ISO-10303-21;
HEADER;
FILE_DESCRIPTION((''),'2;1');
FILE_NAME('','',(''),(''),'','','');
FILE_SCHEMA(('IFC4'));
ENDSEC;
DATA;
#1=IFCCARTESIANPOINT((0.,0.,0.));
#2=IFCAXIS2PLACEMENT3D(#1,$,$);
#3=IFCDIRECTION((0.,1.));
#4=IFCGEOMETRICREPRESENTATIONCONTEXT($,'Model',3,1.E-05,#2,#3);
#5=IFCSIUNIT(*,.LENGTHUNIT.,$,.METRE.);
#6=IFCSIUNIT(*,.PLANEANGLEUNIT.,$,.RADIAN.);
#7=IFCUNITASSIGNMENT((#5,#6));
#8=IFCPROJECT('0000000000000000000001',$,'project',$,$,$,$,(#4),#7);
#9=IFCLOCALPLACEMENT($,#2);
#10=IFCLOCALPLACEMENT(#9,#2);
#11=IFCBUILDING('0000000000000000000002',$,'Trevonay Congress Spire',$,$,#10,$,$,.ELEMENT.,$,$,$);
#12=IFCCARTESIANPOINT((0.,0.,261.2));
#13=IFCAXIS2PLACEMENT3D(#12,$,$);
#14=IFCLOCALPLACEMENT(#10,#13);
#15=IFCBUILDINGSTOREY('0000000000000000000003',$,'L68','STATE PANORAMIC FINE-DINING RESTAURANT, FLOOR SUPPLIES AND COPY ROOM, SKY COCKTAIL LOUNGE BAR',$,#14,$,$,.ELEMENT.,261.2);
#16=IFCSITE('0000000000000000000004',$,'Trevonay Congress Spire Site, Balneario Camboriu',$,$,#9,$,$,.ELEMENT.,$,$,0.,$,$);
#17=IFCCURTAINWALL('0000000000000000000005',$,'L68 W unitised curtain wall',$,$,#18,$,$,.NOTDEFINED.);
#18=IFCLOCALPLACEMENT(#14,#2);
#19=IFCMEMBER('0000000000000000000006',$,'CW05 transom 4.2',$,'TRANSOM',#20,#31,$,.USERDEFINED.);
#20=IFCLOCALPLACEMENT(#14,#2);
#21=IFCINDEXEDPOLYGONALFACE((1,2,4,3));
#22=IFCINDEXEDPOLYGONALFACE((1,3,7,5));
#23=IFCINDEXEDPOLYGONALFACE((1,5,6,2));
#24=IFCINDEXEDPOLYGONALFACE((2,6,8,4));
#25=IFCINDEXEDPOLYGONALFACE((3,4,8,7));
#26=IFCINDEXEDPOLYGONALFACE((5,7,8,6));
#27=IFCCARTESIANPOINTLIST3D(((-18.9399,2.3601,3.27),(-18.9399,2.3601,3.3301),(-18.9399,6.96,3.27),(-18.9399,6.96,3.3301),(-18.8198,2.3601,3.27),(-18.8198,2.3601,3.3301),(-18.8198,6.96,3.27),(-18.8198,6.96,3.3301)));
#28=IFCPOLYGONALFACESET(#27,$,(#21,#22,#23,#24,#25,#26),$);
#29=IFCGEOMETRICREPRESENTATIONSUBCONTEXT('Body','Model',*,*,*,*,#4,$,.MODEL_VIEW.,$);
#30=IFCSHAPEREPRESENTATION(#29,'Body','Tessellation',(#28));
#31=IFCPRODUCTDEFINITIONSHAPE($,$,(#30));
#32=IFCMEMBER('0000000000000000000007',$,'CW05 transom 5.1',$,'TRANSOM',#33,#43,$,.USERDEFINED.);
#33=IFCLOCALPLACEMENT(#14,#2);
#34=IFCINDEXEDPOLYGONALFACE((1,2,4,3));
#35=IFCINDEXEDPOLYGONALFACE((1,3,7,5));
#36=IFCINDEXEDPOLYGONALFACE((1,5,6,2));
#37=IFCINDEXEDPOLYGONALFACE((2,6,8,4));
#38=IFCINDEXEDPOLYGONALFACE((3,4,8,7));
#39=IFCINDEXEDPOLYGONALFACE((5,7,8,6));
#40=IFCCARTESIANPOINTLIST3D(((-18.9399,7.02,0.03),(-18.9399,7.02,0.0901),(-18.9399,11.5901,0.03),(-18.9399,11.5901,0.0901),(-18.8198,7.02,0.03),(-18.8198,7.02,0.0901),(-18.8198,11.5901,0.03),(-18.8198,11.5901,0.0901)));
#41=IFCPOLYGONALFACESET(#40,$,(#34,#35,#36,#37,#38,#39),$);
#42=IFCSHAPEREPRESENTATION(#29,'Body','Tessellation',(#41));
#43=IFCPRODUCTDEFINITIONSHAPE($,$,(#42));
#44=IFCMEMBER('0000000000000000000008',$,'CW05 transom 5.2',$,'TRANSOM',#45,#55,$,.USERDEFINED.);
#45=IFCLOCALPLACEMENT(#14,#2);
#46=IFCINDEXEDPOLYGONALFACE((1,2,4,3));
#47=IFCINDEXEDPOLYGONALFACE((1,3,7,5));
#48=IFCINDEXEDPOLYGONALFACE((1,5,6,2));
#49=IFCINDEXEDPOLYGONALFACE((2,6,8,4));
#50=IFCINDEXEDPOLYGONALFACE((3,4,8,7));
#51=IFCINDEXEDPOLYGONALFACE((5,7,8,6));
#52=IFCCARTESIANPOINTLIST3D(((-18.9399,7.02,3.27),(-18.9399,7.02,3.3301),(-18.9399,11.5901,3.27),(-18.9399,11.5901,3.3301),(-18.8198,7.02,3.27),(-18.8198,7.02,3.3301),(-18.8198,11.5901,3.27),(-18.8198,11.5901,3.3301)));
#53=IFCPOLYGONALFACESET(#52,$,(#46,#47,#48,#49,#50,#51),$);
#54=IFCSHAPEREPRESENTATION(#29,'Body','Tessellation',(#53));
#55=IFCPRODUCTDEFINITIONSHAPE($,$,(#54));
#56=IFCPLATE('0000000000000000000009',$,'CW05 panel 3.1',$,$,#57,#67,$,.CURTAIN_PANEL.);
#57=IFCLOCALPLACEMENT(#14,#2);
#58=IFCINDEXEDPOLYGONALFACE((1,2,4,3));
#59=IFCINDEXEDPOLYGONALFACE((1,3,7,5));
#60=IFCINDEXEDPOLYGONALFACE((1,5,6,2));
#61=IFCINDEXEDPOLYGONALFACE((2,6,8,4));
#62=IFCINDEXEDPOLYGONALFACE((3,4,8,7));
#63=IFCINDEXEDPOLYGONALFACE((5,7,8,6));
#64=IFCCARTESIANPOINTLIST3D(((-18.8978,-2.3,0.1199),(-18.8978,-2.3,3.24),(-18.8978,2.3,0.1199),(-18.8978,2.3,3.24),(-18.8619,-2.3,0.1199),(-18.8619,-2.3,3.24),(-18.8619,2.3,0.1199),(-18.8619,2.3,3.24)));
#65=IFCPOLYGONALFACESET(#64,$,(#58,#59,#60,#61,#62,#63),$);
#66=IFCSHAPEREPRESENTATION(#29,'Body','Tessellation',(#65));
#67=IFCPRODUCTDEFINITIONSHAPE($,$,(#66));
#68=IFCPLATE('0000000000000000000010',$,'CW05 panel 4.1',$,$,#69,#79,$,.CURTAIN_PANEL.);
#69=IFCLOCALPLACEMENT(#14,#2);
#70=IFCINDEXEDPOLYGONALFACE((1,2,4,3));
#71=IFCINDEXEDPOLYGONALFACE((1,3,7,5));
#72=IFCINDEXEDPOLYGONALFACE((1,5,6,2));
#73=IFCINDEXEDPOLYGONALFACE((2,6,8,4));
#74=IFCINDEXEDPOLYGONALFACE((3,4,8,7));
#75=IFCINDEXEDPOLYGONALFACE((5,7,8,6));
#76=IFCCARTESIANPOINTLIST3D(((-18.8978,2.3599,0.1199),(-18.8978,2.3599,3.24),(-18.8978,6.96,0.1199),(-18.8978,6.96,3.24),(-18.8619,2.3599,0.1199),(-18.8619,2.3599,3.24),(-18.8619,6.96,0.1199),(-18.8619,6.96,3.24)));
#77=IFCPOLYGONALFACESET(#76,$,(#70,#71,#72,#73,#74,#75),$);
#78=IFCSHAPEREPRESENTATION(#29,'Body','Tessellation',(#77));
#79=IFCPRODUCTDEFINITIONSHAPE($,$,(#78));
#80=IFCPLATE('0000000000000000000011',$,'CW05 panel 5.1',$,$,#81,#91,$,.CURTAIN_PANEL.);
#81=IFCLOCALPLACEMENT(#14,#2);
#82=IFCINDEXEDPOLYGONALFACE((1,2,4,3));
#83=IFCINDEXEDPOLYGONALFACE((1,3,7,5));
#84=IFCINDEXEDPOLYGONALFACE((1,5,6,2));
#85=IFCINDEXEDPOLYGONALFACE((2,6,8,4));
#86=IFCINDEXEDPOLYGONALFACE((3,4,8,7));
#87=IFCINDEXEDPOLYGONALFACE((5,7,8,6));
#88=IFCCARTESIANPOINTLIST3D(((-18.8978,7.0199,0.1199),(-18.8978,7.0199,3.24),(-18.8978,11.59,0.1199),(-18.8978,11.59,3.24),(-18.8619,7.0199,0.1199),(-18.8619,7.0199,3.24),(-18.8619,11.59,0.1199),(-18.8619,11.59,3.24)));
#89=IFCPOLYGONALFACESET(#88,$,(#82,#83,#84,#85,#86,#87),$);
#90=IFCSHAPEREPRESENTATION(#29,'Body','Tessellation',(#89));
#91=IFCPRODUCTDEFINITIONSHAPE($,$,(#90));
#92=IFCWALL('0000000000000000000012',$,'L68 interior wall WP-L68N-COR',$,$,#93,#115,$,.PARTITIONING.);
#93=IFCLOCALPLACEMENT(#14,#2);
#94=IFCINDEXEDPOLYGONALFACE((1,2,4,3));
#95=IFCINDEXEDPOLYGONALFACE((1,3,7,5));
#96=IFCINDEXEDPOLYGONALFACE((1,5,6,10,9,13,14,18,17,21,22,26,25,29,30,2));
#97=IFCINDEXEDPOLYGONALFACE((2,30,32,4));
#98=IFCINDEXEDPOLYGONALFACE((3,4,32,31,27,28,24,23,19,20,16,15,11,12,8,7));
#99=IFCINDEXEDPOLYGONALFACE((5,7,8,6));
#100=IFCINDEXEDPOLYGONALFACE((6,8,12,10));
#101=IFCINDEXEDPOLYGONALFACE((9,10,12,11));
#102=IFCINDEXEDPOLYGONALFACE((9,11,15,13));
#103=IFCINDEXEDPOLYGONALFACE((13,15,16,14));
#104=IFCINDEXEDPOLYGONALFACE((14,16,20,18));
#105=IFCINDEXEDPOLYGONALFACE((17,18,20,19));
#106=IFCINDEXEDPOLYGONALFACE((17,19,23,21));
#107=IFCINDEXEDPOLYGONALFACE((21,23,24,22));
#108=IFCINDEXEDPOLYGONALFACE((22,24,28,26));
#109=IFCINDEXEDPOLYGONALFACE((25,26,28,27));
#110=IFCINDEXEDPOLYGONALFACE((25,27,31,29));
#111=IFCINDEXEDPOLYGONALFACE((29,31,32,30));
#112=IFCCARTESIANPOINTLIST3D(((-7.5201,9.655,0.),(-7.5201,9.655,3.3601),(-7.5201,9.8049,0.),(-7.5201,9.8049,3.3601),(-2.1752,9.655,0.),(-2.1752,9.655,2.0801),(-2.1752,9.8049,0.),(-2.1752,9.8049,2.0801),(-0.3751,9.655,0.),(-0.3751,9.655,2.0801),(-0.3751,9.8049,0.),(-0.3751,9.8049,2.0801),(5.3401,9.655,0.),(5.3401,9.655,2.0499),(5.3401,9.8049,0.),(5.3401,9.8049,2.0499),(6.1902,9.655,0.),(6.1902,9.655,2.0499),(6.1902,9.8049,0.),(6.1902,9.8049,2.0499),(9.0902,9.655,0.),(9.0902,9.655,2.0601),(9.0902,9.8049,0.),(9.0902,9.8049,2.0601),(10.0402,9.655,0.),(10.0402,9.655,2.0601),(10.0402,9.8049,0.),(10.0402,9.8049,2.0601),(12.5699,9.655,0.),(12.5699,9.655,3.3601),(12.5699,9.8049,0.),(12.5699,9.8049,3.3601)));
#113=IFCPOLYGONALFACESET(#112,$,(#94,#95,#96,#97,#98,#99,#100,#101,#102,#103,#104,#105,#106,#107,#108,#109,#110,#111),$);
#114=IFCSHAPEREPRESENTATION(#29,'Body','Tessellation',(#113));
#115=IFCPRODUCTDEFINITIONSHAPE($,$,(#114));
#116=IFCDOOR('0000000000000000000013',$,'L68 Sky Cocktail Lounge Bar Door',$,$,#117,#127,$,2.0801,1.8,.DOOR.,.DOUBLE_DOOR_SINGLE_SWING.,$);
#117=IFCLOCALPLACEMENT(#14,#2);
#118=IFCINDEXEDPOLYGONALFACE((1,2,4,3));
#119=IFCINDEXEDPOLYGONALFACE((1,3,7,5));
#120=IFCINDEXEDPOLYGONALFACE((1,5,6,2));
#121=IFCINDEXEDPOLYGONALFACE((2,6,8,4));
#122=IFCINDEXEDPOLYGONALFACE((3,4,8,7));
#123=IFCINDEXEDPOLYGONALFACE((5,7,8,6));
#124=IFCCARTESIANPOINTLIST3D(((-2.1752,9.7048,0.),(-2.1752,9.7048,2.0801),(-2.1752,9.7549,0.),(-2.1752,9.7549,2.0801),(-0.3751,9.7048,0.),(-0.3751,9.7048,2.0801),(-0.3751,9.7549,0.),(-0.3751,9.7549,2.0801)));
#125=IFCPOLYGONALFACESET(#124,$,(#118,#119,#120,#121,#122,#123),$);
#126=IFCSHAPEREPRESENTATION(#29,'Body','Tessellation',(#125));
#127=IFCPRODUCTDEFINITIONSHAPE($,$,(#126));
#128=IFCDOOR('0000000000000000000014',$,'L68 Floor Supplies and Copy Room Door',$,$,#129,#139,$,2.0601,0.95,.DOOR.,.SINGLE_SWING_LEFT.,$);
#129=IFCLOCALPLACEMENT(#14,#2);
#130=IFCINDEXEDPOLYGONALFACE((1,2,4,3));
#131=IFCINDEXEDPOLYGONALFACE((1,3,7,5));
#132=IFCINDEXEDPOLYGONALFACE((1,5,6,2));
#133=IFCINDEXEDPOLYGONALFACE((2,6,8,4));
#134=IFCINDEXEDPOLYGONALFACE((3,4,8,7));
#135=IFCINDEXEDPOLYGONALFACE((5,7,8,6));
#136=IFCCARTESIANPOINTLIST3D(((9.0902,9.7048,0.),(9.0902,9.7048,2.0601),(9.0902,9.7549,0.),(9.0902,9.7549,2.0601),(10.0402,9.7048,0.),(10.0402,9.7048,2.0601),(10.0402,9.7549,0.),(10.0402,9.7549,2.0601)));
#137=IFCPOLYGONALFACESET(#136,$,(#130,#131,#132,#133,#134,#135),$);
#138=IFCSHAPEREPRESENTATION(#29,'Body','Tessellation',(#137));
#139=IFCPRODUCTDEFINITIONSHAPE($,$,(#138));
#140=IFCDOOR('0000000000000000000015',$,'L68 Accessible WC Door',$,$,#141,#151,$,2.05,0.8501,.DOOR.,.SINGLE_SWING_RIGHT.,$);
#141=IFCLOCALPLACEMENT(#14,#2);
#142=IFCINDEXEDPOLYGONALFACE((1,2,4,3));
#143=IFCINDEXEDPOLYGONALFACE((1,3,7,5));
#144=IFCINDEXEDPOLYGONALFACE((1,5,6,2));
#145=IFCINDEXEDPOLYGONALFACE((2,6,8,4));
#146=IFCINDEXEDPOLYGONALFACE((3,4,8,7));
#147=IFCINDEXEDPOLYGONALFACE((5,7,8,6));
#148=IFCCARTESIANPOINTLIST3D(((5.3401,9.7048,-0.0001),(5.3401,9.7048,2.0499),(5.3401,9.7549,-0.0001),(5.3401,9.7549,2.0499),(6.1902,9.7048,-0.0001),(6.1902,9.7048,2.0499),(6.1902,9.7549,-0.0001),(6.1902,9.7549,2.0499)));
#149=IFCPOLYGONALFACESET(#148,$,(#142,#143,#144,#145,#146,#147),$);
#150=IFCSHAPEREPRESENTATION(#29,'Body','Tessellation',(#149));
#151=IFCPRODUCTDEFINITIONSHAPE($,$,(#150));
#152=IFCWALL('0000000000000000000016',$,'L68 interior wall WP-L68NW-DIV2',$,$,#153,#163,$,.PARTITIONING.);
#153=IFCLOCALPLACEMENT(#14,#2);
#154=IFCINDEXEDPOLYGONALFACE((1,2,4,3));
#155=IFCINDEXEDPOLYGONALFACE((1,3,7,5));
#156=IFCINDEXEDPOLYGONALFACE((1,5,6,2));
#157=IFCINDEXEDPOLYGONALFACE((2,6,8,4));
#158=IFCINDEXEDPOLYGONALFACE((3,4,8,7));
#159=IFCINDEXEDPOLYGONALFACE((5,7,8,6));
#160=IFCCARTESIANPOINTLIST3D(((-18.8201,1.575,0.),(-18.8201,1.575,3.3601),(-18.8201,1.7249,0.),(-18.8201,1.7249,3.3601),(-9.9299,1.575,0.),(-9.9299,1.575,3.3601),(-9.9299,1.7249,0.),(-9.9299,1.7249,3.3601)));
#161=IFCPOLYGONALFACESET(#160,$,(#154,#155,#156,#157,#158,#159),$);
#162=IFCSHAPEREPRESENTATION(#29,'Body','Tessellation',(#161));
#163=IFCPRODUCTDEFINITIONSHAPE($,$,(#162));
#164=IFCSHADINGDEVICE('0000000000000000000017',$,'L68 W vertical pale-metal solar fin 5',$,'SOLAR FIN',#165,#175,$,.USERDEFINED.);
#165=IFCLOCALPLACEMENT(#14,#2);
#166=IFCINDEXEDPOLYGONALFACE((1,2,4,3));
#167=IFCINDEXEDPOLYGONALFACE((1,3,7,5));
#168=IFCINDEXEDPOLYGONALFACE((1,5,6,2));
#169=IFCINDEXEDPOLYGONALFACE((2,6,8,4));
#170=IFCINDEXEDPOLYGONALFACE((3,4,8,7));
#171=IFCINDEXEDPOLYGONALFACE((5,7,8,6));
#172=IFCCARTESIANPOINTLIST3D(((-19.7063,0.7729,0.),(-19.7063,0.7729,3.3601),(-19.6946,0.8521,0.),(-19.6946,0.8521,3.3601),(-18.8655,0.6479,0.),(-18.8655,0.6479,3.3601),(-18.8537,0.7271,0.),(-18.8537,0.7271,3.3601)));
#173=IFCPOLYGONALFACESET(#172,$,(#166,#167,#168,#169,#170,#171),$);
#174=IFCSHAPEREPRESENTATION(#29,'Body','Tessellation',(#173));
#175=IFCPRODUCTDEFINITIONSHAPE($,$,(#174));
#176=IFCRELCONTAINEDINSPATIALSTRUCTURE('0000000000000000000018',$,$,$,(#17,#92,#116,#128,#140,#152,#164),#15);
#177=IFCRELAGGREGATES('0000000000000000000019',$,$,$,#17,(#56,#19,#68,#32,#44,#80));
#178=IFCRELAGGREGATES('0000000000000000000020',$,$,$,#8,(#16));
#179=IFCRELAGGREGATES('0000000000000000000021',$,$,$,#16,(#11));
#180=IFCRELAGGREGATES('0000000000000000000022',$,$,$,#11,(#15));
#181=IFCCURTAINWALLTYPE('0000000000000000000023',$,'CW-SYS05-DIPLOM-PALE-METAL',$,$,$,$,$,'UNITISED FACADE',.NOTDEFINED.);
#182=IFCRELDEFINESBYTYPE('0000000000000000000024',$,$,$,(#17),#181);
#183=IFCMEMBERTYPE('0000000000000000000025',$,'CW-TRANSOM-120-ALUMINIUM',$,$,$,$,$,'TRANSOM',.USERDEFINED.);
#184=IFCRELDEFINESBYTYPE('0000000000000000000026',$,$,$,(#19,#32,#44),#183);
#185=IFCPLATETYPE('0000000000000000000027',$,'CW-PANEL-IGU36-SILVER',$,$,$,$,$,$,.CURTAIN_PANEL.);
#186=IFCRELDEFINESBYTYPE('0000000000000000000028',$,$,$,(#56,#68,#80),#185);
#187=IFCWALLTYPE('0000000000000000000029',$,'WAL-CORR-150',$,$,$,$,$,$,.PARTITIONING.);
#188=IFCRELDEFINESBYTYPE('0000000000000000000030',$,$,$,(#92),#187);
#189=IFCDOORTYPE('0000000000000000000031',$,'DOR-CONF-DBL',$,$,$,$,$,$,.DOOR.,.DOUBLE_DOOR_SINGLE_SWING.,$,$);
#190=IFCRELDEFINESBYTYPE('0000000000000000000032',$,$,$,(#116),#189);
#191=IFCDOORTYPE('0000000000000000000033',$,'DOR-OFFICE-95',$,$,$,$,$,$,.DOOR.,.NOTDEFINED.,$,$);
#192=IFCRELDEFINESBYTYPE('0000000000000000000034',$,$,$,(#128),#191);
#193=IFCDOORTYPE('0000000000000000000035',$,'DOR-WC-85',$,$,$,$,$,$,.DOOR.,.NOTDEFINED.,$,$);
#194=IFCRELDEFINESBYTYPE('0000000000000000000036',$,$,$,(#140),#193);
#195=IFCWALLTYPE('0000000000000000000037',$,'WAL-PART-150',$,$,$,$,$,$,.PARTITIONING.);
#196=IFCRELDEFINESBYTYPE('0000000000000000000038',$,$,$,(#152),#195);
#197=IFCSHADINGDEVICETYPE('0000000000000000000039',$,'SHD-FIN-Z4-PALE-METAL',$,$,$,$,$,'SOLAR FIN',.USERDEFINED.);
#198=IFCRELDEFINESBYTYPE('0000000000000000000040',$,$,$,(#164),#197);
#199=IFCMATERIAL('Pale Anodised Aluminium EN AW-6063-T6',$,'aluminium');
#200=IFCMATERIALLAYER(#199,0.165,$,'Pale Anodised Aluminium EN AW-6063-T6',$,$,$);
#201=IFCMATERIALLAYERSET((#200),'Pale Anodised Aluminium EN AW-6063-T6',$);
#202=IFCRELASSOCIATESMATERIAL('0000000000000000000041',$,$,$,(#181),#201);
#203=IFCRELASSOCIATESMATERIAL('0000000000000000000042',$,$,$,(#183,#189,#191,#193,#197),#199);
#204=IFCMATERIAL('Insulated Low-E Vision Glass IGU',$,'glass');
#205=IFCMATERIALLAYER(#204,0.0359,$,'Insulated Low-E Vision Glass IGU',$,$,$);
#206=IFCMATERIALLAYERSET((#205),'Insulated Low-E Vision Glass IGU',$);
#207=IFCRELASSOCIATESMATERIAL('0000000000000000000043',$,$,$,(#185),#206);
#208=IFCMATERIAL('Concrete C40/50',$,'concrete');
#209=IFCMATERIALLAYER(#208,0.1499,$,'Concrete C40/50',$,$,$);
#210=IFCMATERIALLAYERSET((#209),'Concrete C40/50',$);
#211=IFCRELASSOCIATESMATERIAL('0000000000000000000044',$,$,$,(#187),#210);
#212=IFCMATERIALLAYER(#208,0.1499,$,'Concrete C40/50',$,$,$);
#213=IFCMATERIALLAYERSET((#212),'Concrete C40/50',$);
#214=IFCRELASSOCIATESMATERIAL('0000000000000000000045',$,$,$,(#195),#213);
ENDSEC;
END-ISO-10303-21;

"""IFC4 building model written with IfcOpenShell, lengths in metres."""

from ifc_helpers import new_model, si_unit, direction, frame, frame_2d, origin, origin_2d, place, context, subcontext, project, spatial, rectangle, extrude, material, layer, layer_set, material_profile, profile_set, type_object, element, fill, aggregate, save


model = new_model("IFC4")

# Units and contexts
model_context = context("Model", 3, precision=1e-05, world=origin(), true_north=direction((0.0, 1.0)))
body_context = subcontext(model_context, "Body", "Model", "MODEL_VIEW")
ifc_project = project(units=[si_unit("LENGTHUNIT", "METRE"), si_unit("PLANEANGLEUNIT", "RADIAN")], contexts=[model_context])

# Site, building, storey
site_placement = place(None, origin())
site = spatial("IfcSite", under=ifc_project, at=site_placement, Name="Trevonay Congress Spire Site, Balneario Camboriu", CompositionType="ELEMENT", RefElevation=0.0)
building_placement = place(site_placement, origin())
building = spatial("IfcBuilding", under=site, at=building_placement, Name="Trevonay Congress Spire", CompositionType="ELEMENT")
storey_placement = place(building_placement, frame((0.0, 0.0, 261.2)))
storey = spatial("IfcBuildingStorey", under=building, at=storey_placement, Name="L68", Description="STATE PANORAMIC FINE-DINING RESTAURANT, FLOOR SUPPLIES AND COPY ROOM, SKY COCKTAIL LOUNGE BAR", CompositionType="ELEMENT", Elevation=261.2)

# Curtain wall, members, plates
ifc_material_1 = material(Name="Pale Anodised Aluminium EN AW-6063-T6", Category="aluminium")
ifc_layer_1 = layer(ifc_material_1, 0.165, Name="Pale Anodised Aluminium EN AW-6063-T6")
ifc_layer_set_1 = layer_set([ifc_layer_1], Name="Pale Anodised Aluminium EN AW-6063-T6")
curtain_wall_type = type_object("IfcCurtainWallType", Name="CW-SYS05-DIPLOM-PALE-METAL", ElementType="UNITISED FACADE", PredefinedType="NOTDEFINED", material=ifc_layer_set_1)
curtain_wall_placement = place(storey_placement, origin())
curtain_wall = element("IfcCurtainWall", 1, at=curtain_wall_placement, inside=storey, type_object=curtain_wall_type, Name="L68 W unitised curtain wall", PredefinedType="NOTDEFINED")
ifc_material_profile_1 = material_profile(ifc_material_1, rectangle(XDim=0.1201, YDim=0.0601, at=origin_2d()), Name="CW-TRANSOM-120-ALUMINIUM")
ifc_profile_set_1 = profile_set([ifc_material_profile_1], Name="Pale Anodised Aluminium EN AW-6063-T6")
member_type_1 = type_object("IfcMemberType", Name="CW-TRANSOM-120-ALUMINIUM", ElementType="TRANSOM", PredefinedType="USERDEFINED", material=ifc_profile_set_1)
member_1_placement = place(storey_placement, frame((-18.8799, 2.3601, 3.3), z_axis=(0.0, 1.0, 0.0), x_axis=(-1.0, 0.0, 0.0)))
member_1 = element("IfcMember", 2, at=member_1_placement, type_object=member_type_1, Name="CW05 transom 4.2", ObjectType="TRANSOM", PredefinedType="USERDEFINED", context=body_context, shape_type="SweptSolid", body=[
    extrude(rectangle(XDim=0.1201, YDim=0.0601, at=origin_2d()), origin(), (0.0, 0.0, 1.0), 4.5999),
])
member_2_placement = place(storey_placement, frame((-18.8799, 7.02, 0.0601), z_axis=(0.0, 1.0, 0.0), x_axis=(-1.0, 0.0, 0.0)))
member_2 = element("IfcMember", 3, at=member_2_placement, type_object=member_type_1, Name="CW05 transom 5.1", ObjectType="TRANSOM", PredefinedType="USERDEFINED", context=body_context, shape_type="SweptSolid", body=[
    extrude(rectangle(XDim=0.1201, YDim=0.0601, at=origin_2d()), origin(), (0.0, 0.0, 1.0), 4.5701),
])
member_3_placement = place(storey_placement, frame((-18.8799, 7.02, 3.3), z_axis=(0.0, 1.0, 0.0), x_axis=(-1.0, 0.0, 0.0)))
member_3 = element("IfcMember", 4, at=member_3_placement, type_object=member_type_1, Name="CW05 transom 5.2", ObjectType="TRANSOM", PredefinedType="USERDEFINED", context=body_context, shape_type="SweptSolid", body=[
    extrude(rectangle(XDim=0.1201, YDim=0.0601, at=origin_2d()), origin(), (0.0, 0.0, 1.0), 4.5701),
])
ifc_material_2 = material(Name="Insulated Low-E Vision Glass IGU", Category="glass")
ifc_layer_2 = layer(ifc_material_2, 0.0359, Name="Insulated Low-E Vision Glass IGU")
ifc_layer_set_2 = layer_set([ifc_layer_2], Name="Insulated Low-E Vision Glass IGU")
plate_type = type_object("IfcPlateType", Name="CW-PANEL-IGU36-SILVER", PredefinedType="CURTAIN_PANEL", material=ifc_layer_set_2)
plate_1_placement = place(storey_placement, frame((-18.8799, 0.0, 0.1199), z_axis=(0.0, 0.0, 1.0), x_axis=(0.0, 1.0, 0.0)))
plate_1 = element("IfcPlate", 5, at=plate_1_placement, type_object=plate_type, Name="CW05 panel 3.1", PredefinedType="CURTAIN_PANEL", context=body_context, shape_type="SweptSolid", body=[
    extrude(rectangle(XDim=4.6001, YDim=0.0359, at=origin_2d()), origin(), (0.0, 0.0, 1.0), 3.1201),
])
plate_2_placement = place(storey_placement, frame((-18.8799, 4.6599, 0.1199), z_axis=(0.0, 0.0, 1.0), x_axis=(0.0, 1.0, 0.0)))
plate_2 = element("IfcPlate", 6, at=plate_2_placement, type_object=plate_type, Name="CW05 panel 4.1", PredefinedType="CURTAIN_PANEL", context=body_context, shape_type="SweptSolid", body=[
    extrude(rectangle(XDim=4.6001, YDim=0.0359, at=origin_2d()), origin(), (0.0, 0.0, 1.0), 3.1201),
])
plate_3_placement = place(storey_placement, frame((-18.8799, 9.3049, 0.1199), z_axis=(0.0, 0.0, 1.0), x_axis=(0.0, 1.0, 0.0)))
plate_3 = element("IfcPlate", 7, at=plate_3_placement, type_object=plate_type, Name="CW05 panel 5.1", PredefinedType="CURTAIN_PANEL", context=body_context, shape_type="SweptSolid", body=[
    extrude(rectangle(XDim=4.5701, YDim=0.0359, at=origin_2d()), origin(), (0.0, 0.0, 1.0), 3.1201),
])
aggregate(curtain_wall, [plate_1, member_1, plate_2, member_2, member_3, plate_3])

# Wall, openings, doors
ifc_material_3 = material(Name="Concrete C40/50", Category="concrete")
ifc_layer_3 = layer(ifc_material_3, 0.1499, Name="Concrete C40/50")
ifc_layer_set_3 = layer_set([ifc_layer_3], Name="Concrete C40/50")
wall_type_1 = type_object("IfcWallType", Name="WAL-CORR-150", PredefinedType="PARTITIONING", material=ifc_layer_set_3)
wall_1_placement = place(storey_placement, frame((-7.52, 9.73, 0.0), z_axis=(0.0, 0.0, 1.0), x_axis=(1.0, 0.0, 0.0)))
wall_1 = element("IfcWall", 8, at=wall_1_placement, inside=storey, type_object=wall_type_1, Name="L68 interior wall WP-L68N-COR", PredefinedType="PARTITIONING", context=body_context, shape_type="SweptSolid", body=[
    extrude(rectangle(XDim=20.0901, YDim=0.1499, at=frame_2d((10.0449, 0.0))), origin(), (0.0, 0.0, 1.0), 3.3601),
])
opening_1_placement = place(wall_1_placement, frame((5.345, 0.0, 0.0)))
opening_1 = element("IfcOpeningElement", 9, at=opening_1_placement, cuts=wall_1, PredefinedType="OPENING", context=body_context, shape_type="SweptSolid", body=[
    extrude(rectangle(XDim=1.8, YDim=2.0801, at=frame_2d((0.8999, 1.04))), frame((0.0, 0.085, 0.0), z_axis=(0.0, -1.0, 0.0), x_axis=(1.0, 0.0, 0.0)), (0.0, 0.0, 1.0), 0.1699),
])
opening_2_placement = place(wall_1_placement, frame((12.8601, 0.0, 0.0)))
opening_2 = element("IfcOpeningElement", 10, at=opening_2_placement, cuts=wall_1, PredefinedType="OPENING", context=body_context, shape_type="SweptSolid", body=[
    extrude(rectangle(XDim=0.8501, YDim=2.05, at=frame_2d((0.425, 1.0249))), frame((0.0, 0.085, 0.0), z_axis=(0.0, -1.0, 0.0), x_axis=(1.0, 0.0, 0.0)), (0.0, 0.0, 1.0), 0.1699),
])
opening_3_placement = place(wall_1_placement, frame((16.6101, 0.0, 0.0)))
opening_3 = element("IfcOpeningElement", 11, at=opening_3_placement, cuts=wall_1, PredefinedType="OPENING", context=body_context, shape_type="SweptSolid", body=[
    extrude(rectangle(XDim=0.95, YDim=2.0601, at=frame_2d((0.4751, 1.03))), frame((0.0, 0.085, 0.0), z_axis=(0.0, -1.0, 0.0), x_axis=(1.0, 0.0, 0.0)), (0.0, 0.0, 1.0), 0.1699),
])
door_type_1 = type_object("IfcDoorType", Name="DOR-CONF-DBL", OperationType="DOUBLE_DOOR_SINGLE_SWING", PredefinedType="DOOR", material=ifc_material_1)
door_1_placement = place(opening_1_placement, origin())
door_1 = element("IfcDoor", 12, at=door_1_placement, inside=storey, type_object=door_type_1, Name="L68 Sky Cocktail Lounge Bar Door", OperationType="DOUBLE_DOOR_SINGLE_SWING", OverallHeight=2.0801, OverallWidth=1.8, PredefinedType="DOOR", context=body_context, shape_type="SweptSolid", body=[
    extrude(rectangle(XDim=1.8, YDim=2.0801, at=frame_2d((0.8999, 1.04))), frame((0.0, 0.0249, 0.0), z_axis=(0.0, -1.0, 0.0), x_axis=(1.0, 0.0, 0.0)), (0.0, 0.0, 1.0), 0.05),
])
fill(opening_1, door_1)
door_type_2 = type_object("IfcDoorType", Name="DOR-OFFICE-95", OperationType="NOTDEFINED", PredefinedType="DOOR", material=ifc_material_1)
door_2_placement = place(opening_3_placement, origin())
door_2 = element("IfcDoor", 13, at=door_2_placement, inside=storey, type_object=door_type_2, Name="L68 Floor Supplies and Copy Room Door", OperationType="SINGLE_SWING_LEFT", OverallHeight=2.0601, OverallWidth=0.95, PredefinedType="DOOR", context=body_context, shape_type="SweptSolid", body=[
    extrude(rectangle(XDim=0.95, YDim=2.0601, at=frame_2d((0.4751, 1.03))), frame((0.0, 0.0249, 0.0), z_axis=(0.0, -1.0, 0.0), x_axis=(1.0, 0.0, 0.0)), (0.0, 0.0, 1.0), 0.05),
])
fill(opening_3, door_2)
door_type_3 = type_object("IfcDoorType", Name="DOR-WC-85", OperationType="NOTDEFINED", PredefinedType="DOOR", material=ifc_material_1)
door_3_placement = place(opening_2_placement, origin())
door_3 = element("IfcDoor", 14, at=door_3_placement, inside=storey, type_object=door_type_3, Name="L68 Accessible WC Door", OperationType="SINGLE_SWING_RIGHT", OverallHeight=2.05, OverallWidth=0.8501, PredefinedType="DOOR", context=body_context, shape_type="SweptSolid", body=[
    extrude(rectangle(XDim=0.8501, YDim=2.05, at=frame_2d((0.425, 1.0249))), frame((0.0, 0.0249, 0.0), z_axis=(0.0, -1.0, 0.0), x_axis=(1.0, 0.0, 0.0)), (0.0, 0.0, 1.0), 0.05),
])
fill(opening_2, door_3)

# Wall
ifc_layer_4 = layer(ifc_material_3, 0.1499, Name="Concrete C40/50")
ifc_layer_set_4 = layer_set([ifc_layer_4], Name="Concrete C40/50")
wall_type_2 = type_object("IfcWallType", Name="WAL-PART-150", PredefinedType="PARTITIONING", material=ifc_layer_set_4)
wall_2_placement = place(storey_placement, frame((-18.8201, 1.6499, 0.0), z_axis=(0.0, 0.0, 1.0), x_axis=(1.0, 0.0, 0.0)))
element("IfcWall", 15, at=wall_2_placement, inside=storey, type_object=wall_type_2, Name="L68 interior wall WP-L68NW-DIV2", PredefinedType="PARTITIONING", context=body_context, shape_type="SweptSolid", body=[
    extrude(rectangle(XDim=8.8901, YDim=0.1499, at=frame_2d((4.4451, 0.0))), origin(), (0.0, 0.0, 1.0), 3.3601),
])

# Shading device
shading_device_type = type_object("IfcShadingDeviceType", Name="SHD-FIN-Z4-PALE-METAL", ElementType="SOLAR FIN", PredefinedType="USERDEFINED", material=ifc_material_1)
for number, where, z_axis, x_axis, name in (
    (16, (-19.28, 0.75, 0.0), (0.0, 0.0, 1.0), (0.146946, 0.989144, 0.0), "L68 W vertical pale-metal solar fin 5"),
):
    element("IfcShadingDevice", number, at=place(storey_placement, frame(where, z_axis=z_axis, x_axis=x_axis)), inside=storey, type_object=shading_device_type, Name=name, ObjectType="SOLAR FIN", PredefinedType="USERDEFINED", context=body_context, shape_type="SweptSolid", body=[
        extrude(rectangle(XDim=0.0801, YDim=0.8501, at=origin_2d()), origin(), (0.0, 0.0, 1.0), 3.3601),
    ])

save(model, "model.ifc")
